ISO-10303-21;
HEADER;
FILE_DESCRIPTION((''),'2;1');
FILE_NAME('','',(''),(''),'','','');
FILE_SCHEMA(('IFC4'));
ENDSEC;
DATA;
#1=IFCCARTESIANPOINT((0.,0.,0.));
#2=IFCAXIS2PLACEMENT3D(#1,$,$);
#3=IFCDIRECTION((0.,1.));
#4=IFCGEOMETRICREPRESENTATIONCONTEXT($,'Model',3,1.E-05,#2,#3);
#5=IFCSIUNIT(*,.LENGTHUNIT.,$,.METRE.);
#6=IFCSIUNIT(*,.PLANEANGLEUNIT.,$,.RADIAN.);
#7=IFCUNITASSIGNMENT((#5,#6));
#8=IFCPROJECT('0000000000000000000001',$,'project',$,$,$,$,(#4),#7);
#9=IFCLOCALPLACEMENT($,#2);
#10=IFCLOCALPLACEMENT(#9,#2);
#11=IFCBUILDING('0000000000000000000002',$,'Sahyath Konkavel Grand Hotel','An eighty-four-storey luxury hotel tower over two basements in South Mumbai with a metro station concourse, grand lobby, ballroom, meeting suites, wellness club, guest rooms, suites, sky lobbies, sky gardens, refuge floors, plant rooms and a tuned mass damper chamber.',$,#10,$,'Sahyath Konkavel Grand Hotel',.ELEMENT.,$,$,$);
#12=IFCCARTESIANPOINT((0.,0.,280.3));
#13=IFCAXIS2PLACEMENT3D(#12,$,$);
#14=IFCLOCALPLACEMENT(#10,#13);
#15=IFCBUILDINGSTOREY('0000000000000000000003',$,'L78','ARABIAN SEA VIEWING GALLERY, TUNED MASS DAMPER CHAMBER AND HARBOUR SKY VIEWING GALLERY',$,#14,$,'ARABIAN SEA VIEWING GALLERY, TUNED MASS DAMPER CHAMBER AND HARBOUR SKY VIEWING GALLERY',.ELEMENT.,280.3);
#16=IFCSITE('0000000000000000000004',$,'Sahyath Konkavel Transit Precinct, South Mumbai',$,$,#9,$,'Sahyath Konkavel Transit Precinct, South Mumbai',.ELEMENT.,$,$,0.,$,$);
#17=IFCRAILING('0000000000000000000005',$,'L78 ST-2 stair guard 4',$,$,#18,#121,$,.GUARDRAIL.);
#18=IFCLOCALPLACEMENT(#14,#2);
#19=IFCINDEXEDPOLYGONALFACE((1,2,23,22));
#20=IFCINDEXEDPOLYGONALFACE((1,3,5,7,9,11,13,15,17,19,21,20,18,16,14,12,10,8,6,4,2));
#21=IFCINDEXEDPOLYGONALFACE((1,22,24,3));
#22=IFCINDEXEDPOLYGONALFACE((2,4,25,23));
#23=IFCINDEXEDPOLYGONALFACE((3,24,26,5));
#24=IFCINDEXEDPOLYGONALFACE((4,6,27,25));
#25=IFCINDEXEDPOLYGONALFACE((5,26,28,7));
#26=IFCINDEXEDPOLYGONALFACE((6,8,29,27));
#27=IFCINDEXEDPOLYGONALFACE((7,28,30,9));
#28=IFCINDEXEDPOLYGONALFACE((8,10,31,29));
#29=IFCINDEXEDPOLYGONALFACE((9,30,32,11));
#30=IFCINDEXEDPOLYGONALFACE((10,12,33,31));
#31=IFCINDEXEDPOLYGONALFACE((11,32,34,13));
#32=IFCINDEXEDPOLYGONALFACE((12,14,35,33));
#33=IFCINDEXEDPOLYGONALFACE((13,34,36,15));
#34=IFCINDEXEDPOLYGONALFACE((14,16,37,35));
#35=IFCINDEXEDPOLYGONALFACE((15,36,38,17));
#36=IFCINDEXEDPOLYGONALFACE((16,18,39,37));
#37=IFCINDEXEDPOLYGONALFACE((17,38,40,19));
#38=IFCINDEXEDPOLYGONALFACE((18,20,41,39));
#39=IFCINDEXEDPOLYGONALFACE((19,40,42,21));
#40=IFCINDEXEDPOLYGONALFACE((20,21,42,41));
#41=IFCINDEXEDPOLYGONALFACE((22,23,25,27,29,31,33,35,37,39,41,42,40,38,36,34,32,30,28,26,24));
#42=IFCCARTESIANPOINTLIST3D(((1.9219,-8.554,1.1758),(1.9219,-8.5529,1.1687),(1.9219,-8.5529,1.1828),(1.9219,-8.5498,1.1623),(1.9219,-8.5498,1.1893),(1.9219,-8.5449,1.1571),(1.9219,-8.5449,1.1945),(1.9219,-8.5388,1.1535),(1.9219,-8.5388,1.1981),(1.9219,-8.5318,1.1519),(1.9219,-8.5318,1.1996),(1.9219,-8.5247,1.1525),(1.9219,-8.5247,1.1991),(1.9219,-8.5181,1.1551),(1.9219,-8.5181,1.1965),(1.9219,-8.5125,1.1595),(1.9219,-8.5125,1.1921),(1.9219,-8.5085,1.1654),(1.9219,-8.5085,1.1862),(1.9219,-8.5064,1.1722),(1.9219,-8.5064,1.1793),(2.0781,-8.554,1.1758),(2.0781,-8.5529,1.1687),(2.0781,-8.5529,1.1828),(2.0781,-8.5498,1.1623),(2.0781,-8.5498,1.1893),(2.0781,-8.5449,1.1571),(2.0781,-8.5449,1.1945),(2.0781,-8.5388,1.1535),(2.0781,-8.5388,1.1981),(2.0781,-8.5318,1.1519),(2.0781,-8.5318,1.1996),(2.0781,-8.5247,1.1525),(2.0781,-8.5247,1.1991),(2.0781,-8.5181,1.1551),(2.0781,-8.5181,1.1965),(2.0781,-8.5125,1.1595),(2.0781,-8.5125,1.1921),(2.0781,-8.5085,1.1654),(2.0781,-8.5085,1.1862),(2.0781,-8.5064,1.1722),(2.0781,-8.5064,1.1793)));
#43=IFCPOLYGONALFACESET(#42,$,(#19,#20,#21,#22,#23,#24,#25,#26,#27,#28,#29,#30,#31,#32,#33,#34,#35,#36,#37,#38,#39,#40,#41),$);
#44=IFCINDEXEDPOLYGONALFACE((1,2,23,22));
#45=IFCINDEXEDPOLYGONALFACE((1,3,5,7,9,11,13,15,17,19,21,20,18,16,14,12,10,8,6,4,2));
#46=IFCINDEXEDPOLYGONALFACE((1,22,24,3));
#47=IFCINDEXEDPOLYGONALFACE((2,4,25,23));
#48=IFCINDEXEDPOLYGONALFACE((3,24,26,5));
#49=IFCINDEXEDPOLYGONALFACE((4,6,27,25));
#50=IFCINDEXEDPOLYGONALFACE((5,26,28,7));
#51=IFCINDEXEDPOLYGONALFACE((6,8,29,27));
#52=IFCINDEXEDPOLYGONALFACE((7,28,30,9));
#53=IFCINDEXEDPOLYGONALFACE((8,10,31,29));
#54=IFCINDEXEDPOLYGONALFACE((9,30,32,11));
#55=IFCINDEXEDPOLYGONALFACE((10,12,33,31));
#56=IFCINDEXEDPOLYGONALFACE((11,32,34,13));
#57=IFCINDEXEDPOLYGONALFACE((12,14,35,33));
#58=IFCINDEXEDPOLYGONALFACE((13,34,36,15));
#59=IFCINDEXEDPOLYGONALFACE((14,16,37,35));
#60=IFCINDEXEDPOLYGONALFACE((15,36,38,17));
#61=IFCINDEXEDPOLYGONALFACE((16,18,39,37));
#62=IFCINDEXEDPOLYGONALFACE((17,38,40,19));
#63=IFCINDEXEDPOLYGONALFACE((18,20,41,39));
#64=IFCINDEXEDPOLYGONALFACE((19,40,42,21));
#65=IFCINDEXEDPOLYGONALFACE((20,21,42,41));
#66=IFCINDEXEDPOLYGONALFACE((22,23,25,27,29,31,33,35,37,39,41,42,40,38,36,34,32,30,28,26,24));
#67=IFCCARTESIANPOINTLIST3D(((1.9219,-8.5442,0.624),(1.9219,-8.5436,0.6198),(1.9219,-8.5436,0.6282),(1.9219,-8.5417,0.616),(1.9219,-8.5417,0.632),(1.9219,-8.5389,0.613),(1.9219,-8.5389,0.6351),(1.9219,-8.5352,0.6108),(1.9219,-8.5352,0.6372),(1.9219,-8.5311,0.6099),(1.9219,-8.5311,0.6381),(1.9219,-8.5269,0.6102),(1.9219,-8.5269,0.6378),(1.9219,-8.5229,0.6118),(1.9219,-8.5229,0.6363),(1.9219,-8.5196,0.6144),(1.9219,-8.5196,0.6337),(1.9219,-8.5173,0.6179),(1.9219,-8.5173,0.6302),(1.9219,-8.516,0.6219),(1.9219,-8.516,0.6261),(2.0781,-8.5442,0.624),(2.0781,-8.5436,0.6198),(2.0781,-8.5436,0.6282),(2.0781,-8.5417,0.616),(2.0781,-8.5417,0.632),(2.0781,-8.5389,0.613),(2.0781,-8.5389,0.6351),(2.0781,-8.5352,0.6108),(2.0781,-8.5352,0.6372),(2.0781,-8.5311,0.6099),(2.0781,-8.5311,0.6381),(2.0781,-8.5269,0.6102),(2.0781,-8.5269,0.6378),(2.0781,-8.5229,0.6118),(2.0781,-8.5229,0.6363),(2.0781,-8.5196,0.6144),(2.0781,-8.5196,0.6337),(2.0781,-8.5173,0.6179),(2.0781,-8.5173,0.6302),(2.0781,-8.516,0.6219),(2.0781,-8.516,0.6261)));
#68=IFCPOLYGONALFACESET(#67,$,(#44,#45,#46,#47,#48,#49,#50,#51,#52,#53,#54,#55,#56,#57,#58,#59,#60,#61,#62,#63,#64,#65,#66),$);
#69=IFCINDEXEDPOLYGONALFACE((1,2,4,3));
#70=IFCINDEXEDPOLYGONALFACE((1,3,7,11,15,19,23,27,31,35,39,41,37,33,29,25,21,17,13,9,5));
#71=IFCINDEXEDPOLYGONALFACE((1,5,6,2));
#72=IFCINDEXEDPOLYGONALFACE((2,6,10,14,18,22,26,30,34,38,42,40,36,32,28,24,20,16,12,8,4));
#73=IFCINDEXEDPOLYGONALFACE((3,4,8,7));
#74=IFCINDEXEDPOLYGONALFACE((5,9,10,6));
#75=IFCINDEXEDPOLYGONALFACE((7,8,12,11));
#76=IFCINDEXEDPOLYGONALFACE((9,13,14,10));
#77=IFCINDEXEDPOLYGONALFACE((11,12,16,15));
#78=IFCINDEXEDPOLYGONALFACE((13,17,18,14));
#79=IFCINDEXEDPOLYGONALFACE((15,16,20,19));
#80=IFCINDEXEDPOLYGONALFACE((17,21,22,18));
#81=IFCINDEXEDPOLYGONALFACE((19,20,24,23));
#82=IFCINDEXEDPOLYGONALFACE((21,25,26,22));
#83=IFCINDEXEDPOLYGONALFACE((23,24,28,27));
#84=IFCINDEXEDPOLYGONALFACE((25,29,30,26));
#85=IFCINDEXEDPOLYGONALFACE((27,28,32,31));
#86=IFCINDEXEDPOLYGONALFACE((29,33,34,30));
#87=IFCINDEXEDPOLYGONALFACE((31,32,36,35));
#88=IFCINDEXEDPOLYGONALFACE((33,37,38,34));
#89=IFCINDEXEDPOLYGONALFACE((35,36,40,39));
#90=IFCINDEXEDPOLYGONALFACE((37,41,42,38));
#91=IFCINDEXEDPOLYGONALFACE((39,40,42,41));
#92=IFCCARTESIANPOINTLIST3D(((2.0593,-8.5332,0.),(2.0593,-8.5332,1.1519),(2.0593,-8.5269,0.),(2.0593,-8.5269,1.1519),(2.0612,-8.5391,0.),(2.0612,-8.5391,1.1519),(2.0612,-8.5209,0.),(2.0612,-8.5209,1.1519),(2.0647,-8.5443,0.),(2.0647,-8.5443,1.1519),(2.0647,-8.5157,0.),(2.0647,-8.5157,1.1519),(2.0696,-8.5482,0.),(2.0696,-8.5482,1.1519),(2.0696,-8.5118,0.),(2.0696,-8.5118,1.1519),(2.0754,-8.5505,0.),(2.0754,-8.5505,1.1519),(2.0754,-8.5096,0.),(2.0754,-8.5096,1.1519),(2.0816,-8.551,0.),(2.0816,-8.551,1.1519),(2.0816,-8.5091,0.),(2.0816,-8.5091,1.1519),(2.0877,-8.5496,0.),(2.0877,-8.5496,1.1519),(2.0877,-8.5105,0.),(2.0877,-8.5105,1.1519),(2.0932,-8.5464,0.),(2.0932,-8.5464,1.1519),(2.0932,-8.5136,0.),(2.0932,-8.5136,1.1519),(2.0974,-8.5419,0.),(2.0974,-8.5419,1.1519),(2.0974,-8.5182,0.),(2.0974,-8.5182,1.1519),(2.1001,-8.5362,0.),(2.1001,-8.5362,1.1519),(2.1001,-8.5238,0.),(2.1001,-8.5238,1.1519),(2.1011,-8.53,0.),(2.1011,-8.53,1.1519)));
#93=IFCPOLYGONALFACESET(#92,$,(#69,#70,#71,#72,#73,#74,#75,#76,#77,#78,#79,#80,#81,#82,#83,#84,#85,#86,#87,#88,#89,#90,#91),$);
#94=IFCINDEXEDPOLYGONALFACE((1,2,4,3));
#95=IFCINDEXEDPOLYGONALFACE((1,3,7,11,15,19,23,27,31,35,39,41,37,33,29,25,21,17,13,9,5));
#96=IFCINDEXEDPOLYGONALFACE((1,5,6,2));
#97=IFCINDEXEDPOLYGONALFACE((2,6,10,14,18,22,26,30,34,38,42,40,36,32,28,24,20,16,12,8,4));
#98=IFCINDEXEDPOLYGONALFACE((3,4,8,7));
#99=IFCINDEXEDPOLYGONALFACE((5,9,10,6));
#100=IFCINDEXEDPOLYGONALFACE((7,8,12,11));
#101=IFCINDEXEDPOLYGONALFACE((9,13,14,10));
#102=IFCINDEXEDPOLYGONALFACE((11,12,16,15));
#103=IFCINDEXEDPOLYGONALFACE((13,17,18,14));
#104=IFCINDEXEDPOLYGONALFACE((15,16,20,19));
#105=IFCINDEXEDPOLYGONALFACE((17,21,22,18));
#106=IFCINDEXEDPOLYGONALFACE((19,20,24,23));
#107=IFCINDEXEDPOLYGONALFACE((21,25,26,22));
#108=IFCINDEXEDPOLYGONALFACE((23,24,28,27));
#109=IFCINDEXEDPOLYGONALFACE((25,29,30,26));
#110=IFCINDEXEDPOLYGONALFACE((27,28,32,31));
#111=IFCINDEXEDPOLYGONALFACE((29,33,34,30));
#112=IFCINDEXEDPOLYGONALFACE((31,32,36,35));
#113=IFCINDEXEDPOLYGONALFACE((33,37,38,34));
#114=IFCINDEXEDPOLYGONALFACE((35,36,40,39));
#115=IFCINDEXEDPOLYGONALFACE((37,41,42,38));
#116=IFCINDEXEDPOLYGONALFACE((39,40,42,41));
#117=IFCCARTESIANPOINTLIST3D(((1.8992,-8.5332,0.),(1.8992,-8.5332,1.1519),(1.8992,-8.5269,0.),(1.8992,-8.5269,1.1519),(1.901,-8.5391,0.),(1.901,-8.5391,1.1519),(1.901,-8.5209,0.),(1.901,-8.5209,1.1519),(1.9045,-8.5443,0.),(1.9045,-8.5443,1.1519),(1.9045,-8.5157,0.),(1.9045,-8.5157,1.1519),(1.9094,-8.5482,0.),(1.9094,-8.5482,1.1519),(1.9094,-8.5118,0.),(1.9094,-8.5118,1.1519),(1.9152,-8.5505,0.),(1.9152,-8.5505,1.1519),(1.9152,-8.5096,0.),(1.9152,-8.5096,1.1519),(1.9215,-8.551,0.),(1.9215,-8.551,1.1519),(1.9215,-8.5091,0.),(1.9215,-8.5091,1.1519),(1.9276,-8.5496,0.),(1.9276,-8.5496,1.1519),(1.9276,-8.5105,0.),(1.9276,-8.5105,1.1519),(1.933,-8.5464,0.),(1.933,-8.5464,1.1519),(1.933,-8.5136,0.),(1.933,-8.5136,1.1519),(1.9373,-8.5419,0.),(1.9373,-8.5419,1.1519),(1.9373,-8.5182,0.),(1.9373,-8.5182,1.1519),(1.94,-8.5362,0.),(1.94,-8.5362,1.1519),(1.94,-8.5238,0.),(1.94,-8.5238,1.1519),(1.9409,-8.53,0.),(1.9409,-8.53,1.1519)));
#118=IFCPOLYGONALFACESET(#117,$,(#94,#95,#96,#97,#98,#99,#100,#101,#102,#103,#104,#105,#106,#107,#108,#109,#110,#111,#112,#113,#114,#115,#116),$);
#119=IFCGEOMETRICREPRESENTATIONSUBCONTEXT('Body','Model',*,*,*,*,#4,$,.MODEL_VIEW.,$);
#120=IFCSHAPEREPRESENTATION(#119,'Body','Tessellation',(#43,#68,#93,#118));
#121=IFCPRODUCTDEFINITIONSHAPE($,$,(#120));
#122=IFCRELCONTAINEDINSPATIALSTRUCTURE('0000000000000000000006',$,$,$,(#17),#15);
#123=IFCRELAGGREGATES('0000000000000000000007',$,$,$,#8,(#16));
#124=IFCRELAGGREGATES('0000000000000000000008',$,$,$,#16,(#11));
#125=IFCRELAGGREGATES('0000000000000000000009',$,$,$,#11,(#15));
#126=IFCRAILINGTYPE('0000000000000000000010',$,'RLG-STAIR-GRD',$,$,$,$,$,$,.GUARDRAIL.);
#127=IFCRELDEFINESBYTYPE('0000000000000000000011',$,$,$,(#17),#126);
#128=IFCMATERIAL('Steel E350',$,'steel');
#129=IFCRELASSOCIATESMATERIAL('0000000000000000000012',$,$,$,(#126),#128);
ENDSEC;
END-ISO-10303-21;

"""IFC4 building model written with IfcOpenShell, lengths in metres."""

from ifc_helpers import new_model, si_unit, direction, frame, origin, origin_2d, place, context, subcontext, project, spatial, circle, extrude, material, type_object, element, save


model = new_model("IFC4")

# Units and contexts
model_context = context("Model", 3, precision=1e-05, world=origin(), true_north=direction((0.0, 1.0)))
body_context = subcontext(model_context, "Body", "Model", "MODEL_VIEW")
ifc_project = project(units=[si_unit("LENGTHUNIT", "METRE"), si_unit("PLANEANGLEUNIT", "RADIAN")], contexts=[model_context])

# Site, building, storey
site_placement = place(None, origin())
site = spatial("IfcSite", under=ifc_project, at=site_placement, Name="Sahyath Konkavel Transit Precinct, South Mumbai", LongName="Sahyath Konkavel Transit Precinct, South Mumbai", CompositionType="ELEMENT", RefElevation=0.0)
building_placement = place(site_placement, origin())
building = spatial("IfcBuilding", under=site, at=building_placement, Name="Sahyath Konkavel Grand Hotel", Description="An eighty-four-storey luxury hotel tower over two basements in South Mumbai with a metro station concourse, grand lobby, ballroom, meeting suites, wellness club, guest rooms, suites, sky lobbies, sky gardens, refuge floors, plant rooms and a tuned mass damper chamber.", LongName="Sahyath Konkavel Grand Hotel", CompositionType="ELEMENT")
storey_placement = place(building_placement, frame((0.0, 0.0, 280.3)))
storey = spatial("IfcBuildingStorey", under=building, at=storey_placement, Name="L78", Description="ARABIAN SEA VIEWING GALLERY, TUNED MASS DAMPER CHAMBER AND HARBOUR SKY VIEWING GALLERY", LongName="ARABIAN SEA VIEWING GALLERY, TUNED MASS DAMPER CHAMBER AND HARBOUR SKY VIEWING GALLERY", CompositionType="ELEMENT", Elevation=280.3)

# Shared definitions
ifc_material_1 = material(Name="Steel E350", Category="steel")

# Railing
railing_type_1 = type_object("IfcRailingType", Name="RLG-STAIR-GRD", PredefinedType="GUARDRAIL", material=ifc_material_1)
railing_1_placement = place(storey_placement, frame((2.0801, -8.53, 0.0)))
element("IfcRailing", 1, at=railing_1_placement, inside=storey, type_object=railing_type_1, Name="L78 ST-2 stair guard 4", PredefinedType="GUARDRAIL", context=body_context, shape_type="SweptSolid", body=[
    extrude(circle(Radius=0.0239, at=origin_2d()), frame((-0.002, 0.0, 1.1758), z_axis=(-1.0, 0.0, 0.0), x_axis=(0.0, -1.0, 0.0)), (0.0, 0.0, 1.0), 0.1562),
    extrude(circle(Radius=0.0142, at=origin_2d()), frame((-0.002, 0.0, 0.624), z_axis=(-1.0, 0.0, 0.0), x_axis=(0.0, -1.0, 0.0)), (0.0, 0.0, 1.0), 0.1562),
    extrude(circle(Radius=0.021, at=origin_2d()), origin(), (0.0, 0.0, 1.0), 1.1519),
    extrude(circle(Radius=0.021, at=origin_2d()), frame((-0.1602, 0.0, 0.0)), (0.0, 0.0, 1.0), 1.1519),
])

save(model, "model.ifc")
